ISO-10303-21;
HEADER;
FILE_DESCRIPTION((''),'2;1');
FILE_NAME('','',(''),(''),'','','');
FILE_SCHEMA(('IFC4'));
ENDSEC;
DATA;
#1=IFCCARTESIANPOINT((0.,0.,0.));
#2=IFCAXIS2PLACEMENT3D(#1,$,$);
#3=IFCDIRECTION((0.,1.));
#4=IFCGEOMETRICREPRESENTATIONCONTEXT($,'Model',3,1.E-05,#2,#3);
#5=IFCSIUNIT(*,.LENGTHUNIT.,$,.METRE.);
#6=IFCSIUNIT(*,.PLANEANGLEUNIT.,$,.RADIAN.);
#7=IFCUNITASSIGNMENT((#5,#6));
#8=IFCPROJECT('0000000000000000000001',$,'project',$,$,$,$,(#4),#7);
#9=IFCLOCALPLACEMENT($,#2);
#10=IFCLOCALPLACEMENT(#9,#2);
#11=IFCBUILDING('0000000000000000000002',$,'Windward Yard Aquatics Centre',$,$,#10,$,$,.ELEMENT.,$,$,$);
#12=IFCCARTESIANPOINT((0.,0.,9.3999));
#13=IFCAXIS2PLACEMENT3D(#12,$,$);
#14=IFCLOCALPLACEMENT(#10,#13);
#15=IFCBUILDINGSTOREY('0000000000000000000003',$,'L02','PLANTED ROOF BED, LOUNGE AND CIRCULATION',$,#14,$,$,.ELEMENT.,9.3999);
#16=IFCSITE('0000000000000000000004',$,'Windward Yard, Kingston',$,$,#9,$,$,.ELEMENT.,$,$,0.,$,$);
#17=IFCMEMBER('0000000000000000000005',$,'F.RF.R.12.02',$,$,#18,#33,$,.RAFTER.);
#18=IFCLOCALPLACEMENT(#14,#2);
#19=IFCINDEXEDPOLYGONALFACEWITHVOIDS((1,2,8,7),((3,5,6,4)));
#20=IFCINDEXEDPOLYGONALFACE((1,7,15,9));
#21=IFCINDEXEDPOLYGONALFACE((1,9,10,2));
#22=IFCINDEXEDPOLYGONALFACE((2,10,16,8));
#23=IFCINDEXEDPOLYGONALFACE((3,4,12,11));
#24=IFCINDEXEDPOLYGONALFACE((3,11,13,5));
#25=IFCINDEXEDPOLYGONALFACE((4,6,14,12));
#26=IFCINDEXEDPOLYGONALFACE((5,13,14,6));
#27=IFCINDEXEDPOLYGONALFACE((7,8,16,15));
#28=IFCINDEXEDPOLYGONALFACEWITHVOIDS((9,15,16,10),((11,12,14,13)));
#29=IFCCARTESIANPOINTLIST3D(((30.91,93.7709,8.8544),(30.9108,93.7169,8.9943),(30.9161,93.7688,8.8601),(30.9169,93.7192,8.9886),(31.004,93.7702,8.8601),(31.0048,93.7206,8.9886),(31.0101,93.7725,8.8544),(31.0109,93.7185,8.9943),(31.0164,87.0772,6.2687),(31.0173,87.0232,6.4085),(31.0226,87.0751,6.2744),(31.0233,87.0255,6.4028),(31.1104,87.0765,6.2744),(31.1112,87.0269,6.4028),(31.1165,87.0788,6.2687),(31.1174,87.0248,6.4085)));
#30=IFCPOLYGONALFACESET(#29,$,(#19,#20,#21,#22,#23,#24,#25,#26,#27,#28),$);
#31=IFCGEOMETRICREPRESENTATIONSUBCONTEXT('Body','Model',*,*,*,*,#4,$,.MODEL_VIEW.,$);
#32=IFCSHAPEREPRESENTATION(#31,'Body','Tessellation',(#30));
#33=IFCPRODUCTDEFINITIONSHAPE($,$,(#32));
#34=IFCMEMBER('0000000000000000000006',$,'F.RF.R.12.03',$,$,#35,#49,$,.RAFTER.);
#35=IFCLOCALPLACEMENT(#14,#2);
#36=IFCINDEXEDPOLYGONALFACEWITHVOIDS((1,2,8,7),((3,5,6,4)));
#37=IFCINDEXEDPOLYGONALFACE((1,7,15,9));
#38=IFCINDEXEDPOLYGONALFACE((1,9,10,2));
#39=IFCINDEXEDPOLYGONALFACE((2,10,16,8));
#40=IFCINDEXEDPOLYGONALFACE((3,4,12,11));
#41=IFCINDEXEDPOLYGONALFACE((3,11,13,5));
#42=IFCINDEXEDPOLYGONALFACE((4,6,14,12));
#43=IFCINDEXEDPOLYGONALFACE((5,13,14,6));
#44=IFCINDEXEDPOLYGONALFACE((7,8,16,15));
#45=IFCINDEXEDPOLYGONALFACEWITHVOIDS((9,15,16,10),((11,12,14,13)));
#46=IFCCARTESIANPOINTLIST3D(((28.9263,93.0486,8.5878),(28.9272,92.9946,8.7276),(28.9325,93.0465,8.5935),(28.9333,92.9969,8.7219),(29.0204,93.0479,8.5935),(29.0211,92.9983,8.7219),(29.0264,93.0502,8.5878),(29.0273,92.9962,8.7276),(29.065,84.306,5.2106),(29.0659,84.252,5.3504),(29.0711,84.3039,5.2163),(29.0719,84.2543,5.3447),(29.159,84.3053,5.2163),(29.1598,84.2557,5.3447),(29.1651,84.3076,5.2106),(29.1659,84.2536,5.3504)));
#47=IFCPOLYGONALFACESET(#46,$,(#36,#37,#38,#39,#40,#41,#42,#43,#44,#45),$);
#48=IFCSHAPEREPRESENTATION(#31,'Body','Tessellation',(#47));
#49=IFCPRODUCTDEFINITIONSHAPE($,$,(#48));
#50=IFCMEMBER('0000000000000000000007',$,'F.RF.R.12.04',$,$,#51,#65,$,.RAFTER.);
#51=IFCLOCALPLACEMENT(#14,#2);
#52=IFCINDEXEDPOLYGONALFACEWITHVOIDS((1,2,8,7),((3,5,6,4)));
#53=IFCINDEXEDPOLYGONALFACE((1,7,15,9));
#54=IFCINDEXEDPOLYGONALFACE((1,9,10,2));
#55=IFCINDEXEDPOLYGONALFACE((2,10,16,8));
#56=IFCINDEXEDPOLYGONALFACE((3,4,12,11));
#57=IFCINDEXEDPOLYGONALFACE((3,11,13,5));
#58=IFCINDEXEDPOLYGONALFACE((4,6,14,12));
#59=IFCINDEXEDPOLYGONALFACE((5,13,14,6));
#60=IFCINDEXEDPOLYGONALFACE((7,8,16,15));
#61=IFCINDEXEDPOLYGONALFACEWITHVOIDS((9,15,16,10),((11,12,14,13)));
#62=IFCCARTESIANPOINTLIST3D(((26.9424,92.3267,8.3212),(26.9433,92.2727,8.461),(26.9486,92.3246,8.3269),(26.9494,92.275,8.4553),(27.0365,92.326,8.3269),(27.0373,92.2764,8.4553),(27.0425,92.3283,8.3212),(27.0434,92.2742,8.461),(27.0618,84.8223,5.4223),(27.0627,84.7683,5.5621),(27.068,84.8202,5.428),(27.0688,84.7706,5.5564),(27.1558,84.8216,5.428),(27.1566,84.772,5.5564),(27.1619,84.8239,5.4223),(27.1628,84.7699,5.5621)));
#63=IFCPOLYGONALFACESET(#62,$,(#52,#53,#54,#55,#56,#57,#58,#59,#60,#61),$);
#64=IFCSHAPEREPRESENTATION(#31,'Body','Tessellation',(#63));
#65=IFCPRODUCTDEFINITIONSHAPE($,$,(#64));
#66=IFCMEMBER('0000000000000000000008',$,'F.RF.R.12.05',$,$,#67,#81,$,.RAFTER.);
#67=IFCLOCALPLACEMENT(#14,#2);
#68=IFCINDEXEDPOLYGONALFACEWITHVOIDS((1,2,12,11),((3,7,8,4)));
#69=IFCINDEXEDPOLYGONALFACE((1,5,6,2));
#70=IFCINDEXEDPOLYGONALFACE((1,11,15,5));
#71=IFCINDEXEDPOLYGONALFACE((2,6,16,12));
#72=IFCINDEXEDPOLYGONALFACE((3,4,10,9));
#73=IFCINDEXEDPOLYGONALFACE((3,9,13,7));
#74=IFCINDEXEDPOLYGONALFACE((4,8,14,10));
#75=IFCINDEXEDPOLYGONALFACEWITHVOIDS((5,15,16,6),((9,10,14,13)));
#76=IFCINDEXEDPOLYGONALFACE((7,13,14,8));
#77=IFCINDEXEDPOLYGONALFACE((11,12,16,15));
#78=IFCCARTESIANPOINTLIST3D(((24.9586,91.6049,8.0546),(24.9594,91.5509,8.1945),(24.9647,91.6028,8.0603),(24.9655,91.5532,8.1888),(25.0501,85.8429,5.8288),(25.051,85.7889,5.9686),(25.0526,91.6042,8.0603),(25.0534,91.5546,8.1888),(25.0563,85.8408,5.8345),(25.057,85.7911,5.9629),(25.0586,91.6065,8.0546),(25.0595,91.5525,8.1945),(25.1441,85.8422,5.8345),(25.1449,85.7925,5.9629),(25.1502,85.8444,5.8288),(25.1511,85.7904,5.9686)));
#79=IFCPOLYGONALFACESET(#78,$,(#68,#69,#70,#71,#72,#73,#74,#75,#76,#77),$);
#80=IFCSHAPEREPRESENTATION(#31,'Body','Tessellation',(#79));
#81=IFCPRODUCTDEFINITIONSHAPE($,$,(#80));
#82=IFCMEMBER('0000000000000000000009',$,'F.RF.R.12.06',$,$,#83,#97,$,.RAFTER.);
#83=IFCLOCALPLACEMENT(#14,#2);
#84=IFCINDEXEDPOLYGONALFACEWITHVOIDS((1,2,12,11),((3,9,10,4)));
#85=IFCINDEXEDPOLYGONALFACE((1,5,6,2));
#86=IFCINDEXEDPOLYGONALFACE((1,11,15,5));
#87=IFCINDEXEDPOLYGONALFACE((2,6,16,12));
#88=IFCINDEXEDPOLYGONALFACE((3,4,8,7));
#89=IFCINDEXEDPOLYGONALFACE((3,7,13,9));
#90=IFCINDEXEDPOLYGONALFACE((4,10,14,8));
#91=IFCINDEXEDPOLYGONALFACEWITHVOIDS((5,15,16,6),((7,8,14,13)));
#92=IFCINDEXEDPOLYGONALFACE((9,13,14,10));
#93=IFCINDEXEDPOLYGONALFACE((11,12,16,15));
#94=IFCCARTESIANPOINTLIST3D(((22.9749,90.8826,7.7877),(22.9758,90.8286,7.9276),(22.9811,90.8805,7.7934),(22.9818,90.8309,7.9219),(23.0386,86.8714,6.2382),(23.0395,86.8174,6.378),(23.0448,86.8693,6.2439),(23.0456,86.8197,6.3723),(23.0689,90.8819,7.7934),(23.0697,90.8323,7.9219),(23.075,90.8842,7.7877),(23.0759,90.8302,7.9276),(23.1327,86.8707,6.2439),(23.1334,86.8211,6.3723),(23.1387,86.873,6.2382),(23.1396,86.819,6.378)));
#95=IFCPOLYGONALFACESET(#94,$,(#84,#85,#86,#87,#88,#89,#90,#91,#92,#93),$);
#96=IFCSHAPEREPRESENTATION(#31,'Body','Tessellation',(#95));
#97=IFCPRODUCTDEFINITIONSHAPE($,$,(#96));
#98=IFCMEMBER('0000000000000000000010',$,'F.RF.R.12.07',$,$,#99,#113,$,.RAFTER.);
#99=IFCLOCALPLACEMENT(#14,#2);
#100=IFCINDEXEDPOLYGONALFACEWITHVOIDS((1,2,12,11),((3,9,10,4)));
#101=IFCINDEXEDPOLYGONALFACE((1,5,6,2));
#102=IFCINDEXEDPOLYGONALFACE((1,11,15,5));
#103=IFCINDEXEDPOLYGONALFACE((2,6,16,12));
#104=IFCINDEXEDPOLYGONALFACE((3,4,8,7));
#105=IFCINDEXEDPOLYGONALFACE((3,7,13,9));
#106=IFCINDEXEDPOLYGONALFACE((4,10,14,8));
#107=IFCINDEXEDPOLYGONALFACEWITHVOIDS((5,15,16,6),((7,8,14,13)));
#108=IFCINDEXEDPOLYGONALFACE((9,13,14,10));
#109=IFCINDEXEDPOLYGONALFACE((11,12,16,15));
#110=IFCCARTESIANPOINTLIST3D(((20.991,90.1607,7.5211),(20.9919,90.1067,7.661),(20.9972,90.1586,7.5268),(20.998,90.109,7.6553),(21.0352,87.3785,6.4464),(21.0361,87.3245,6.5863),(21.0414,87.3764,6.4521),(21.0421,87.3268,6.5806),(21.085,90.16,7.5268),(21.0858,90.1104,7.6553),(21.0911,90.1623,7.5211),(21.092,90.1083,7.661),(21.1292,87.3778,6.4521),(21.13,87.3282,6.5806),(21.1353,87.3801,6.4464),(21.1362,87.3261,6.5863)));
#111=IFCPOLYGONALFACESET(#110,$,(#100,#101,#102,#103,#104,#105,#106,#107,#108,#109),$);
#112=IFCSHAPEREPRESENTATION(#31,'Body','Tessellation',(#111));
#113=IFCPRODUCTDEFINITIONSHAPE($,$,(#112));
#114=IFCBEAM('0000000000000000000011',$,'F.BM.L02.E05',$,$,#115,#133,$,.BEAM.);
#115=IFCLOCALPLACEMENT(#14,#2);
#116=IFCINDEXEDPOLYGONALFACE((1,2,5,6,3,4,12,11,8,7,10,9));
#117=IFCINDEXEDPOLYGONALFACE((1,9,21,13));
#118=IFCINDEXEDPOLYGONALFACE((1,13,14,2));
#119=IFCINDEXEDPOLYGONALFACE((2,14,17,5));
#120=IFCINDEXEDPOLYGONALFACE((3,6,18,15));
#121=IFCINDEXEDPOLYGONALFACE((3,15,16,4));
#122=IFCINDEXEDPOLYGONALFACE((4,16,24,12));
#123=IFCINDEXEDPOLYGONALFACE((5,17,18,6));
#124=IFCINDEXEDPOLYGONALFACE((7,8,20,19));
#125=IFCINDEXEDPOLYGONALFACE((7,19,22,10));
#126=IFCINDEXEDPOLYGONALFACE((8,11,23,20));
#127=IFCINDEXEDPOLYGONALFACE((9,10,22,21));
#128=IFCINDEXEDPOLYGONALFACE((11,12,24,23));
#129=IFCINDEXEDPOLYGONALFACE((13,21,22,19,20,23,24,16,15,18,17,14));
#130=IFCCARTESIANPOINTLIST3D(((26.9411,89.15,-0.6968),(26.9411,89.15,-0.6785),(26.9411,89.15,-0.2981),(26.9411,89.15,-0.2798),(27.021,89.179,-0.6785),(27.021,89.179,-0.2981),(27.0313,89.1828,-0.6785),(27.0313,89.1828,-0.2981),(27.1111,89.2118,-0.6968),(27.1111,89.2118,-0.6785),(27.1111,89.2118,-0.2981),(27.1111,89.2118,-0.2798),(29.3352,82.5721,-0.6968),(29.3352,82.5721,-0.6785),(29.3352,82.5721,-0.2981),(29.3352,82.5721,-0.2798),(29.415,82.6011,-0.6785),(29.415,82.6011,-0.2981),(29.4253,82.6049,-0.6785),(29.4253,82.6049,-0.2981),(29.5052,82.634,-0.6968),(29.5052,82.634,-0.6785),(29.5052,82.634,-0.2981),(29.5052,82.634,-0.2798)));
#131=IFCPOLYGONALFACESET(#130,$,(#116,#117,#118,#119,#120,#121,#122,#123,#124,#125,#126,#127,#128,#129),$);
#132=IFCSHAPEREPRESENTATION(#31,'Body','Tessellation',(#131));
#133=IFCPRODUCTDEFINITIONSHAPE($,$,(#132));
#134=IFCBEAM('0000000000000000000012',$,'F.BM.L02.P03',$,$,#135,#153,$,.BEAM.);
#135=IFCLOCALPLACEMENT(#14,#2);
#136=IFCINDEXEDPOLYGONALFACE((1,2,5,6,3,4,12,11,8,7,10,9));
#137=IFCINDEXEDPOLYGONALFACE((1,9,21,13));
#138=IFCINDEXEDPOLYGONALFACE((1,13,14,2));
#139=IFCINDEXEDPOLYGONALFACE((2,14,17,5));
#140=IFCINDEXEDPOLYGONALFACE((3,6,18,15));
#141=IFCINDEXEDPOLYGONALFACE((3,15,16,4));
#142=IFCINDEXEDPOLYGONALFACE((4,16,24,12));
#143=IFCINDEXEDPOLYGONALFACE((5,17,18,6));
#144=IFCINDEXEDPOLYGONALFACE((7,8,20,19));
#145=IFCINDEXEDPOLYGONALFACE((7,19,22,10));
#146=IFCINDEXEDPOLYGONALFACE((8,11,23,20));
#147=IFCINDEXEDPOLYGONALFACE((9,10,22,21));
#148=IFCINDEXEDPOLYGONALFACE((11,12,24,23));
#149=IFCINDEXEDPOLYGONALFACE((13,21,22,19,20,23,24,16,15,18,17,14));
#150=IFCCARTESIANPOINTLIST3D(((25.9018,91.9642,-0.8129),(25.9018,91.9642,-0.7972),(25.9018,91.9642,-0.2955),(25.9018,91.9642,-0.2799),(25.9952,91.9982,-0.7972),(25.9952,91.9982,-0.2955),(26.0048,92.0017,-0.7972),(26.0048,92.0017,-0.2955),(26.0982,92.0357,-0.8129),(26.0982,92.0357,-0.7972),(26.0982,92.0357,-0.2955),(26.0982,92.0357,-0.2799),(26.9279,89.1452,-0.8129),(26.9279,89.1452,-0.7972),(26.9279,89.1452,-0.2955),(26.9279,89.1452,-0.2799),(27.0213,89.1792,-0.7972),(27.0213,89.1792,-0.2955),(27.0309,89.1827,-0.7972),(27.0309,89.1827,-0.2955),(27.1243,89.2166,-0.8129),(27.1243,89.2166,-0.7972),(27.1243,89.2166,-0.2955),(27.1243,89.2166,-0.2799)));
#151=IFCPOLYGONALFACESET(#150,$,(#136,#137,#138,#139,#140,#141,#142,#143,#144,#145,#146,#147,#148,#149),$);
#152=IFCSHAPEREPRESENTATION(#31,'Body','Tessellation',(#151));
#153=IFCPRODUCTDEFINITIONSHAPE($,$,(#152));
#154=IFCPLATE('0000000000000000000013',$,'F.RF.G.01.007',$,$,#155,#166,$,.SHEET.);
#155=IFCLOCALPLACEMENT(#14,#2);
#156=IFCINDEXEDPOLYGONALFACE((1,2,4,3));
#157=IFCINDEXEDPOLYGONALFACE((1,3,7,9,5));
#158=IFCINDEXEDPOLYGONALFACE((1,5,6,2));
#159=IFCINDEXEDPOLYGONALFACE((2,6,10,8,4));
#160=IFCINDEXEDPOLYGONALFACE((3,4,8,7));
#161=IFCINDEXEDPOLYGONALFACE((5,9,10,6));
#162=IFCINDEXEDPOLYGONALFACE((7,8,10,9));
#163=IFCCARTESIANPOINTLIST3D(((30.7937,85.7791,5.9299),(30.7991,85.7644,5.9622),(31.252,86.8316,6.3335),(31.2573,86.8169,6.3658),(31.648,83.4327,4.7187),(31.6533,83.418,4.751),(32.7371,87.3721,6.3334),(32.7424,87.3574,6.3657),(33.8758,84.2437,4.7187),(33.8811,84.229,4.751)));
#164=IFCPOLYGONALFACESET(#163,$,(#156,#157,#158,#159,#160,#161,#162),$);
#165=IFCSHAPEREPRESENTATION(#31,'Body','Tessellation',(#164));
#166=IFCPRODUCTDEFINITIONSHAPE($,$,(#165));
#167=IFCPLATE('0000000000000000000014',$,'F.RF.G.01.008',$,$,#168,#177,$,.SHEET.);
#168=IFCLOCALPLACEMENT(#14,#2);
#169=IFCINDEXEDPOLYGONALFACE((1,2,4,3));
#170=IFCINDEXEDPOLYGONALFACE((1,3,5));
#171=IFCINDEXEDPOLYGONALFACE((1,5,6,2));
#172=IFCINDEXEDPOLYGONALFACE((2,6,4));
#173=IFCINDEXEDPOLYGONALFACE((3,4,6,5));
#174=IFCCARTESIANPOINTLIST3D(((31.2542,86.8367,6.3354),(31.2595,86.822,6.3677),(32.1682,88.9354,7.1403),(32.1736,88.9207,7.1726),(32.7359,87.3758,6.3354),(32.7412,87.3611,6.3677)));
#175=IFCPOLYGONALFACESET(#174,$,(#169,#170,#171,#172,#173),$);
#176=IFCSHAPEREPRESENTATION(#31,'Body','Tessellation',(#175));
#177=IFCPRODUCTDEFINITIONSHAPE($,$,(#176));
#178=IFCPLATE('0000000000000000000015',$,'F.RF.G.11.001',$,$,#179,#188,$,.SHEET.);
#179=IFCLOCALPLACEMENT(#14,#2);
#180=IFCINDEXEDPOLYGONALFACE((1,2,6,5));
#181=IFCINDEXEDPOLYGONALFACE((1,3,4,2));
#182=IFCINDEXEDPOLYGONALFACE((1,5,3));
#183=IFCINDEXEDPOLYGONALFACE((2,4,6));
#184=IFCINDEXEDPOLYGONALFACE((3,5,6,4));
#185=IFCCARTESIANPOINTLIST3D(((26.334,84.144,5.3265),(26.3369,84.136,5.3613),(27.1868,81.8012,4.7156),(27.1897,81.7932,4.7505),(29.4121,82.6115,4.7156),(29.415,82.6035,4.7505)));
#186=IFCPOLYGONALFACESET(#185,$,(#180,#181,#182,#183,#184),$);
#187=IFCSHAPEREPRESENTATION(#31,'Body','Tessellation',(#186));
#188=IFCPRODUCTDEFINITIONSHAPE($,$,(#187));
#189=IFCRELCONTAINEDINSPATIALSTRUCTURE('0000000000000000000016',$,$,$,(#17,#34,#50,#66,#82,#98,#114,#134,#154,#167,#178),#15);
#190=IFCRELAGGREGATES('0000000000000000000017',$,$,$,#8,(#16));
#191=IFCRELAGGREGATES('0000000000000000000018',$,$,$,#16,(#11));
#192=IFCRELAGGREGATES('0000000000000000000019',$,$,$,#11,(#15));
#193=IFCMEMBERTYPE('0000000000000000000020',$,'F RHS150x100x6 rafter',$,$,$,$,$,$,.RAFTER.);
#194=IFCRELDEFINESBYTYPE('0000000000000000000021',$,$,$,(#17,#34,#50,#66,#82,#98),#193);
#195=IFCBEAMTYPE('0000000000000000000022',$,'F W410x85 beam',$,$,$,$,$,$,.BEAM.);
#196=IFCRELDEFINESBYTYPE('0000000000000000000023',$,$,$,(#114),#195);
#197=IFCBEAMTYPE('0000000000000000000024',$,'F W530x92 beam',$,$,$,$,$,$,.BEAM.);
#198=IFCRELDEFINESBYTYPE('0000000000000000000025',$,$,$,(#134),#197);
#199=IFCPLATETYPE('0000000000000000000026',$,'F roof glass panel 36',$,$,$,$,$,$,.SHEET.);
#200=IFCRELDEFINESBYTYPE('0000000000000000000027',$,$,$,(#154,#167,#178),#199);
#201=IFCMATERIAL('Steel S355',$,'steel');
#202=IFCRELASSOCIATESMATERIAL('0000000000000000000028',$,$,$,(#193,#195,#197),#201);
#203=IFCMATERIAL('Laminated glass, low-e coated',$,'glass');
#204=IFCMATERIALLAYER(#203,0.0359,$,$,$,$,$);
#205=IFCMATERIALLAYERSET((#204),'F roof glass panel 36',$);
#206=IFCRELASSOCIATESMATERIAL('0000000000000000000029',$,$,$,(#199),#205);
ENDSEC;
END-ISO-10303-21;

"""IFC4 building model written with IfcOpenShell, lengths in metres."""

from ifc_helpers import new_model, si_unit, direction, frame, origin, origin_2d, place, context, subcontext, project, spatial, polyline, hollow_rectangle, i_section, outline, extrude, material, layer, layer_set, material_profile, profile_set, type_object, element, save


model = new_model("IFC4")

# Units and contexts
model_context = context("Model", 3, precision=1e-05, world=origin(), true_north=direction((0.0, 1.0)))
body_context = subcontext(model_context, "Body", "Model", "MODEL_VIEW")
ifc_project = project(units=[si_unit("LENGTHUNIT", "METRE"), si_unit("PLANEANGLEUNIT", "RADIAN")], contexts=[model_context])

# Site, building, storey
site_placement = place(None, origin())
site = spatial("IfcSite", under=ifc_project, at=site_placement, Name="Windward Yard, Kingston", CompositionType="ELEMENT", RefElevation=0.0)
building_placement = place(site_placement, origin())
building = spatial("IfcBuilding", under=site, at=building_placement, Name="Windward Yard Aquatics Centre", CompositionType="ELEMENT")
storey_placement = place(building_placement, frame((0.0, 0.0, 9.3999)))
storey = spatial("IfcBuildingStorey", under=building, at=storey_placement, Name="L02", Description="PLANTED ROOF BED, LOUNGE AND CIRCULATION", CompositionType="ELEMENT", Elevation=9.3999)

# Members
ifc_material_1 = material(Name="Steel S355", Category="steel")
ifc_material_profile_1 = material_profile(ifc_material_1, hollow_rectangle(XDim=0.1001, YDim=0.1499, WallThickness=0.0061, at=origin_2d()), Name="RHS150x100x6")
ifc_profile_set_1 = profile_set([ifc_material_profile_1], Name="Steel S355")
member_type = type_object("IfcMemberType", Name="F RHS150x100x6 rafter", PredefinedType="RAFTER", material=ifc_profile_set_1)
member_1_placement = place(storey_placement, frame((31.0669, 87.051, 6.3386), z_axis=(-0.014833, 0.932718, 0.360302), x_axis=(-0.999874, -0.015901, 0.0)))
element("IfcMember", 1, at=member_1_placement, inside=storey, type_object=member_type, Name="F.RF.R.12.02", PredefinedType="RAFTER", context=body_context, shape_type="SweptSolid", body=[
    extrude(hollow_rectangle(XDim=0.1001, YDim=0.1499, WallThickness=0.0061, at=origin_2d()), origin(), (0.0, 0.0, 1.0), 7.1765),
])
member_2_placement = place(storey_placement, frame((29.1155, 84.2798, 5.2805), z_axis=(-0.014794, 0.93272, 0.360299), x_axis=(-0.999874, -0.015859, 0.0)))
element("IfcMember", 2, at=member_2_placement, inside=storey, type_object=member_type, Name="F.RF.R.12.03", PredefinedType="RAFTER", context=body_context, shape_type="SweptSolid", body=[
    extrude(hollow_rectangle(XDim=0.1001, YDim=0.1499, WallThickness=0.0061, at=origin_2d()), origin(), (0.0, 0.0, 1.0), 9.3733),
])
member_3_placement = place(storey_placement, frame((27.1123, 84.7961, 5.4922), z_axis=(-0.014838, 0.932716, 0.360306), x_axis=(-0.999873, -0.015907, 0.0)))
element("IfcMember", 3, at=member_3_placement, inside=storey, type_object=member_type, Name="F.RF.R.12.04", PredefinedType="RAFTER", context=body_context, shape_type="SweptSolid", body=[
    extrude(hollow_rectangle(XDim=0.1001, YDim=0.1499, WallThickness=0.0061, at=origin_2d()), origin(), (0.0, 0.0, 1.0), 8.0457),
])
member_4_placement = place(storey_placement, frame((25.1006, 85.8167, 5.8987), z_axis=(-0.01482, 0.932717, 0.360306), x_axis=(-0.999874, -0.015887, 0.0)))
element("IfcMember", 4, at=member_4_placement, inside=storey, type_object=member_type, Name="F.RF.R.12.05", PredefinedType="RAFTER", context=body_context, shape_type="SweptSolid", body=[
    extrude(hollow_rectangle(XDim=0.1001, YDim=0.1499, WallThickness=0.0061, at=origin_2d()), origin(), (0.0, 0.0, 1.0), 6.1777),
])
member_5_placement = place(storey_placement, frame((23.0891, 86.8452, 6.3081), z_axis=(-0.014817, 0.932714, 0.360313), x_axis=(-0.999874, -0.015884, 0.0)))
element("IfcMember", 5, at=member_5_placement, inside=storey, type_object=member_type, Name="F.RF.R.12.06", PredefinedType="RAFTER", context=body_context, shape_type="SweptSolid", body=[
    extrude(hollow_rectangle(XDim=0.1001, YDim=0.1499, WallThickness=0.0061, at=origin_2d()), origin(), (0.0, 0.0, 1.0), 4.3005),
])
member_6_placement = place(storey_placement, frame((21.0857, 87.3523, 6.5164), z_axis=(-0.014814, 0.932723, 0.360289), x_axis=(-0.999874, -0.015881, 0.0)))
element("IfcMember", 6, at=member_6_placement, inside=storey, type_object=member_type, Name="F.RF.R.12.07", PredefinedType="RAFTER", context=body_context, shape_type="SweptSolid", body=[
    extrude(hollow_rectangle(XDim=0.1001, YDim=0.1499, WallThickness=0.0061, at=origin_2d()), origin(), (0.0, 0.0, 1.0), 2.9829),
])

# Beams
ifc_material_profile_2 = material_profile(ifc_material_1, i_section(OverallWidth=0.1809, OverallDepth=0.417, WebThickness=0.011, FlangeThickness=0.0183, at=origin_2d()), Name="W410x85")
ifc_profile_set_2 = profile_set([ifc_material_profile_2], Name="Steel S355")
beam_type_1 = type_object("IfcBeamType", Name="F W410x85 beam", PredefinedType="BEAM", material=ifc_profile_set_2)
beam_1_placement = place(storey_placement, frame((27.0261, 89.1809, -0.4883), z_axis=(0.342006, -0.939698, 0.0), x_axis=(0.939698, 0.342006, 0.0)))
element("IfcBeam", 7, at=beam_1_placement, inside=storey, type_object=beam_type_1, Name="F.BM.L02.E05", PredefinedType="BEAM", context=body_context, shape_type="SweptSolid", body=[
    extrude(i_section(OverallWidth=0.1809, OverallDepth=0.417, WebThickness=0.011, FlangeThickness=0.0183, at=origin_2d()), origin(), (0.0, 0.0, 1.0), 7.0),
])
ifc_material_profile_3 = material_profile(ifc_material_1, i_section(OverallWidth=0.209, OverallDepth=0.533, WebThickness=0.0103, FlangeThickness=0.0156, at=origin_2d()), Name="W530x92")
ifc_profile_set_3 = profile_set([ifc_material_profile_3], Name="Steel S355")
beam_type_2 = type_object("IfcBeamType", Name="F W530x92 beam", PredefinedType="BEAM", material=ifc_profile_set_3)
beam_2_placement = place(storey_placement, frame((27.0261, 89.1809, -0.5464), z_axis=(-0.342037, 0.939686, 0.0), x_axis=(-0.939686, -0.342037, 0.0)))
element("IfcBeam", 8, at=beam_2_placement, inside=storey, type_object=beam_type_2, Name="F.BM.L02.P03", PredefinedType="BEAM", context=body_context, shape_type="SweptSolid", body=[
    extrude(i_section(OverallWidth=0.209, OverallDepth=0.533, WebThickness=0.0103, FlangeThickness=0.0156, at=origin_2d()), origin(), (0.0, 0.0, 1.0), 3.0),
])

# Plates
ifc_material_2 = material(Name="Laminated glass, low-e coated", Category="glass")
ifc_layer_1 = layer(ifc_material_2, 0.0359)
ifc_layer_set_1 = layer_set([ifc_layer_1], Name="F roof glass panel 36")
plate_type = type_object("IfcPlateType", Name="F roof glass panel 36", PredefinedType="SHEET", material=ifc_layer_set_1)
plate_1_placement = place(storey_placement, frame((30.7991, 85.7644, 5.9622), z_axis=(0.149289, -0.410067, 0.899755), x_axis=(0.376614, 0.864944, 0.331713)))
element("IfcPlate", 9, at=plate_1_placement, inside=storey, type_object=plate_type, Name="F.RF.G.01.007", PredefinedType="SHEET", context=body_context, shape_type="SweptSolid", body=[
    extrude(outline(polyline([(0.0, 0.0), (1.2168, 0.0), (2.2436, -1.2014), (-0.5691, -3.6055), (-2.1096, -1.8034), (0.0, 0.0)])), origin(), (0.0, 0.0, -1.0), 0.0359),
])
plate_2_placement = place(storey_placement, frame((31.2595, 86.822, 6.3677), z_axis=(0.149196, -0.410086, 0.899761), x_axis=(0.376707, 0.864897, 0.331732)))
element("IfcPlate", 10, at=plate_2_placement, inside=storey, type_object=plate_type, Name="F.RF.G.01.008", PredefinedType="SHEET", context=body_context, shape_type="SweptSolid", body=[
    extrude(outline(polyline([(0.0, 0.0), (2.4265, 0.0), (1.0244, -1.1986), (0.0, 0.0)])), origin(), (0.0, 0.0, -1.0), 0.0359),
])
plate_3_placement = place(storey_placement, frame((26.3369, 84.136, 5.3613), z_axis=(0.081421, -0.223606, 0.971273), x_axis=(0.881393, -0.438809, -0.174908)))
element("IfcPlate", 11, at=plate_3_placement, inside=storey, type_object=plate_type, Name="F.RF.G.11.001", PredefinedType="SHEET", context=body_context, shape_type="SweptSolid", body=[
    extrude(outline(polyline([(0.0, 0.0), (3.4923, 0.0), (1.8865, -1.7407), (0.0, 0.0)])), origin(), (0.0, 0.0, -1.0), 0.0359),
])

save(model, "model.ifc")
